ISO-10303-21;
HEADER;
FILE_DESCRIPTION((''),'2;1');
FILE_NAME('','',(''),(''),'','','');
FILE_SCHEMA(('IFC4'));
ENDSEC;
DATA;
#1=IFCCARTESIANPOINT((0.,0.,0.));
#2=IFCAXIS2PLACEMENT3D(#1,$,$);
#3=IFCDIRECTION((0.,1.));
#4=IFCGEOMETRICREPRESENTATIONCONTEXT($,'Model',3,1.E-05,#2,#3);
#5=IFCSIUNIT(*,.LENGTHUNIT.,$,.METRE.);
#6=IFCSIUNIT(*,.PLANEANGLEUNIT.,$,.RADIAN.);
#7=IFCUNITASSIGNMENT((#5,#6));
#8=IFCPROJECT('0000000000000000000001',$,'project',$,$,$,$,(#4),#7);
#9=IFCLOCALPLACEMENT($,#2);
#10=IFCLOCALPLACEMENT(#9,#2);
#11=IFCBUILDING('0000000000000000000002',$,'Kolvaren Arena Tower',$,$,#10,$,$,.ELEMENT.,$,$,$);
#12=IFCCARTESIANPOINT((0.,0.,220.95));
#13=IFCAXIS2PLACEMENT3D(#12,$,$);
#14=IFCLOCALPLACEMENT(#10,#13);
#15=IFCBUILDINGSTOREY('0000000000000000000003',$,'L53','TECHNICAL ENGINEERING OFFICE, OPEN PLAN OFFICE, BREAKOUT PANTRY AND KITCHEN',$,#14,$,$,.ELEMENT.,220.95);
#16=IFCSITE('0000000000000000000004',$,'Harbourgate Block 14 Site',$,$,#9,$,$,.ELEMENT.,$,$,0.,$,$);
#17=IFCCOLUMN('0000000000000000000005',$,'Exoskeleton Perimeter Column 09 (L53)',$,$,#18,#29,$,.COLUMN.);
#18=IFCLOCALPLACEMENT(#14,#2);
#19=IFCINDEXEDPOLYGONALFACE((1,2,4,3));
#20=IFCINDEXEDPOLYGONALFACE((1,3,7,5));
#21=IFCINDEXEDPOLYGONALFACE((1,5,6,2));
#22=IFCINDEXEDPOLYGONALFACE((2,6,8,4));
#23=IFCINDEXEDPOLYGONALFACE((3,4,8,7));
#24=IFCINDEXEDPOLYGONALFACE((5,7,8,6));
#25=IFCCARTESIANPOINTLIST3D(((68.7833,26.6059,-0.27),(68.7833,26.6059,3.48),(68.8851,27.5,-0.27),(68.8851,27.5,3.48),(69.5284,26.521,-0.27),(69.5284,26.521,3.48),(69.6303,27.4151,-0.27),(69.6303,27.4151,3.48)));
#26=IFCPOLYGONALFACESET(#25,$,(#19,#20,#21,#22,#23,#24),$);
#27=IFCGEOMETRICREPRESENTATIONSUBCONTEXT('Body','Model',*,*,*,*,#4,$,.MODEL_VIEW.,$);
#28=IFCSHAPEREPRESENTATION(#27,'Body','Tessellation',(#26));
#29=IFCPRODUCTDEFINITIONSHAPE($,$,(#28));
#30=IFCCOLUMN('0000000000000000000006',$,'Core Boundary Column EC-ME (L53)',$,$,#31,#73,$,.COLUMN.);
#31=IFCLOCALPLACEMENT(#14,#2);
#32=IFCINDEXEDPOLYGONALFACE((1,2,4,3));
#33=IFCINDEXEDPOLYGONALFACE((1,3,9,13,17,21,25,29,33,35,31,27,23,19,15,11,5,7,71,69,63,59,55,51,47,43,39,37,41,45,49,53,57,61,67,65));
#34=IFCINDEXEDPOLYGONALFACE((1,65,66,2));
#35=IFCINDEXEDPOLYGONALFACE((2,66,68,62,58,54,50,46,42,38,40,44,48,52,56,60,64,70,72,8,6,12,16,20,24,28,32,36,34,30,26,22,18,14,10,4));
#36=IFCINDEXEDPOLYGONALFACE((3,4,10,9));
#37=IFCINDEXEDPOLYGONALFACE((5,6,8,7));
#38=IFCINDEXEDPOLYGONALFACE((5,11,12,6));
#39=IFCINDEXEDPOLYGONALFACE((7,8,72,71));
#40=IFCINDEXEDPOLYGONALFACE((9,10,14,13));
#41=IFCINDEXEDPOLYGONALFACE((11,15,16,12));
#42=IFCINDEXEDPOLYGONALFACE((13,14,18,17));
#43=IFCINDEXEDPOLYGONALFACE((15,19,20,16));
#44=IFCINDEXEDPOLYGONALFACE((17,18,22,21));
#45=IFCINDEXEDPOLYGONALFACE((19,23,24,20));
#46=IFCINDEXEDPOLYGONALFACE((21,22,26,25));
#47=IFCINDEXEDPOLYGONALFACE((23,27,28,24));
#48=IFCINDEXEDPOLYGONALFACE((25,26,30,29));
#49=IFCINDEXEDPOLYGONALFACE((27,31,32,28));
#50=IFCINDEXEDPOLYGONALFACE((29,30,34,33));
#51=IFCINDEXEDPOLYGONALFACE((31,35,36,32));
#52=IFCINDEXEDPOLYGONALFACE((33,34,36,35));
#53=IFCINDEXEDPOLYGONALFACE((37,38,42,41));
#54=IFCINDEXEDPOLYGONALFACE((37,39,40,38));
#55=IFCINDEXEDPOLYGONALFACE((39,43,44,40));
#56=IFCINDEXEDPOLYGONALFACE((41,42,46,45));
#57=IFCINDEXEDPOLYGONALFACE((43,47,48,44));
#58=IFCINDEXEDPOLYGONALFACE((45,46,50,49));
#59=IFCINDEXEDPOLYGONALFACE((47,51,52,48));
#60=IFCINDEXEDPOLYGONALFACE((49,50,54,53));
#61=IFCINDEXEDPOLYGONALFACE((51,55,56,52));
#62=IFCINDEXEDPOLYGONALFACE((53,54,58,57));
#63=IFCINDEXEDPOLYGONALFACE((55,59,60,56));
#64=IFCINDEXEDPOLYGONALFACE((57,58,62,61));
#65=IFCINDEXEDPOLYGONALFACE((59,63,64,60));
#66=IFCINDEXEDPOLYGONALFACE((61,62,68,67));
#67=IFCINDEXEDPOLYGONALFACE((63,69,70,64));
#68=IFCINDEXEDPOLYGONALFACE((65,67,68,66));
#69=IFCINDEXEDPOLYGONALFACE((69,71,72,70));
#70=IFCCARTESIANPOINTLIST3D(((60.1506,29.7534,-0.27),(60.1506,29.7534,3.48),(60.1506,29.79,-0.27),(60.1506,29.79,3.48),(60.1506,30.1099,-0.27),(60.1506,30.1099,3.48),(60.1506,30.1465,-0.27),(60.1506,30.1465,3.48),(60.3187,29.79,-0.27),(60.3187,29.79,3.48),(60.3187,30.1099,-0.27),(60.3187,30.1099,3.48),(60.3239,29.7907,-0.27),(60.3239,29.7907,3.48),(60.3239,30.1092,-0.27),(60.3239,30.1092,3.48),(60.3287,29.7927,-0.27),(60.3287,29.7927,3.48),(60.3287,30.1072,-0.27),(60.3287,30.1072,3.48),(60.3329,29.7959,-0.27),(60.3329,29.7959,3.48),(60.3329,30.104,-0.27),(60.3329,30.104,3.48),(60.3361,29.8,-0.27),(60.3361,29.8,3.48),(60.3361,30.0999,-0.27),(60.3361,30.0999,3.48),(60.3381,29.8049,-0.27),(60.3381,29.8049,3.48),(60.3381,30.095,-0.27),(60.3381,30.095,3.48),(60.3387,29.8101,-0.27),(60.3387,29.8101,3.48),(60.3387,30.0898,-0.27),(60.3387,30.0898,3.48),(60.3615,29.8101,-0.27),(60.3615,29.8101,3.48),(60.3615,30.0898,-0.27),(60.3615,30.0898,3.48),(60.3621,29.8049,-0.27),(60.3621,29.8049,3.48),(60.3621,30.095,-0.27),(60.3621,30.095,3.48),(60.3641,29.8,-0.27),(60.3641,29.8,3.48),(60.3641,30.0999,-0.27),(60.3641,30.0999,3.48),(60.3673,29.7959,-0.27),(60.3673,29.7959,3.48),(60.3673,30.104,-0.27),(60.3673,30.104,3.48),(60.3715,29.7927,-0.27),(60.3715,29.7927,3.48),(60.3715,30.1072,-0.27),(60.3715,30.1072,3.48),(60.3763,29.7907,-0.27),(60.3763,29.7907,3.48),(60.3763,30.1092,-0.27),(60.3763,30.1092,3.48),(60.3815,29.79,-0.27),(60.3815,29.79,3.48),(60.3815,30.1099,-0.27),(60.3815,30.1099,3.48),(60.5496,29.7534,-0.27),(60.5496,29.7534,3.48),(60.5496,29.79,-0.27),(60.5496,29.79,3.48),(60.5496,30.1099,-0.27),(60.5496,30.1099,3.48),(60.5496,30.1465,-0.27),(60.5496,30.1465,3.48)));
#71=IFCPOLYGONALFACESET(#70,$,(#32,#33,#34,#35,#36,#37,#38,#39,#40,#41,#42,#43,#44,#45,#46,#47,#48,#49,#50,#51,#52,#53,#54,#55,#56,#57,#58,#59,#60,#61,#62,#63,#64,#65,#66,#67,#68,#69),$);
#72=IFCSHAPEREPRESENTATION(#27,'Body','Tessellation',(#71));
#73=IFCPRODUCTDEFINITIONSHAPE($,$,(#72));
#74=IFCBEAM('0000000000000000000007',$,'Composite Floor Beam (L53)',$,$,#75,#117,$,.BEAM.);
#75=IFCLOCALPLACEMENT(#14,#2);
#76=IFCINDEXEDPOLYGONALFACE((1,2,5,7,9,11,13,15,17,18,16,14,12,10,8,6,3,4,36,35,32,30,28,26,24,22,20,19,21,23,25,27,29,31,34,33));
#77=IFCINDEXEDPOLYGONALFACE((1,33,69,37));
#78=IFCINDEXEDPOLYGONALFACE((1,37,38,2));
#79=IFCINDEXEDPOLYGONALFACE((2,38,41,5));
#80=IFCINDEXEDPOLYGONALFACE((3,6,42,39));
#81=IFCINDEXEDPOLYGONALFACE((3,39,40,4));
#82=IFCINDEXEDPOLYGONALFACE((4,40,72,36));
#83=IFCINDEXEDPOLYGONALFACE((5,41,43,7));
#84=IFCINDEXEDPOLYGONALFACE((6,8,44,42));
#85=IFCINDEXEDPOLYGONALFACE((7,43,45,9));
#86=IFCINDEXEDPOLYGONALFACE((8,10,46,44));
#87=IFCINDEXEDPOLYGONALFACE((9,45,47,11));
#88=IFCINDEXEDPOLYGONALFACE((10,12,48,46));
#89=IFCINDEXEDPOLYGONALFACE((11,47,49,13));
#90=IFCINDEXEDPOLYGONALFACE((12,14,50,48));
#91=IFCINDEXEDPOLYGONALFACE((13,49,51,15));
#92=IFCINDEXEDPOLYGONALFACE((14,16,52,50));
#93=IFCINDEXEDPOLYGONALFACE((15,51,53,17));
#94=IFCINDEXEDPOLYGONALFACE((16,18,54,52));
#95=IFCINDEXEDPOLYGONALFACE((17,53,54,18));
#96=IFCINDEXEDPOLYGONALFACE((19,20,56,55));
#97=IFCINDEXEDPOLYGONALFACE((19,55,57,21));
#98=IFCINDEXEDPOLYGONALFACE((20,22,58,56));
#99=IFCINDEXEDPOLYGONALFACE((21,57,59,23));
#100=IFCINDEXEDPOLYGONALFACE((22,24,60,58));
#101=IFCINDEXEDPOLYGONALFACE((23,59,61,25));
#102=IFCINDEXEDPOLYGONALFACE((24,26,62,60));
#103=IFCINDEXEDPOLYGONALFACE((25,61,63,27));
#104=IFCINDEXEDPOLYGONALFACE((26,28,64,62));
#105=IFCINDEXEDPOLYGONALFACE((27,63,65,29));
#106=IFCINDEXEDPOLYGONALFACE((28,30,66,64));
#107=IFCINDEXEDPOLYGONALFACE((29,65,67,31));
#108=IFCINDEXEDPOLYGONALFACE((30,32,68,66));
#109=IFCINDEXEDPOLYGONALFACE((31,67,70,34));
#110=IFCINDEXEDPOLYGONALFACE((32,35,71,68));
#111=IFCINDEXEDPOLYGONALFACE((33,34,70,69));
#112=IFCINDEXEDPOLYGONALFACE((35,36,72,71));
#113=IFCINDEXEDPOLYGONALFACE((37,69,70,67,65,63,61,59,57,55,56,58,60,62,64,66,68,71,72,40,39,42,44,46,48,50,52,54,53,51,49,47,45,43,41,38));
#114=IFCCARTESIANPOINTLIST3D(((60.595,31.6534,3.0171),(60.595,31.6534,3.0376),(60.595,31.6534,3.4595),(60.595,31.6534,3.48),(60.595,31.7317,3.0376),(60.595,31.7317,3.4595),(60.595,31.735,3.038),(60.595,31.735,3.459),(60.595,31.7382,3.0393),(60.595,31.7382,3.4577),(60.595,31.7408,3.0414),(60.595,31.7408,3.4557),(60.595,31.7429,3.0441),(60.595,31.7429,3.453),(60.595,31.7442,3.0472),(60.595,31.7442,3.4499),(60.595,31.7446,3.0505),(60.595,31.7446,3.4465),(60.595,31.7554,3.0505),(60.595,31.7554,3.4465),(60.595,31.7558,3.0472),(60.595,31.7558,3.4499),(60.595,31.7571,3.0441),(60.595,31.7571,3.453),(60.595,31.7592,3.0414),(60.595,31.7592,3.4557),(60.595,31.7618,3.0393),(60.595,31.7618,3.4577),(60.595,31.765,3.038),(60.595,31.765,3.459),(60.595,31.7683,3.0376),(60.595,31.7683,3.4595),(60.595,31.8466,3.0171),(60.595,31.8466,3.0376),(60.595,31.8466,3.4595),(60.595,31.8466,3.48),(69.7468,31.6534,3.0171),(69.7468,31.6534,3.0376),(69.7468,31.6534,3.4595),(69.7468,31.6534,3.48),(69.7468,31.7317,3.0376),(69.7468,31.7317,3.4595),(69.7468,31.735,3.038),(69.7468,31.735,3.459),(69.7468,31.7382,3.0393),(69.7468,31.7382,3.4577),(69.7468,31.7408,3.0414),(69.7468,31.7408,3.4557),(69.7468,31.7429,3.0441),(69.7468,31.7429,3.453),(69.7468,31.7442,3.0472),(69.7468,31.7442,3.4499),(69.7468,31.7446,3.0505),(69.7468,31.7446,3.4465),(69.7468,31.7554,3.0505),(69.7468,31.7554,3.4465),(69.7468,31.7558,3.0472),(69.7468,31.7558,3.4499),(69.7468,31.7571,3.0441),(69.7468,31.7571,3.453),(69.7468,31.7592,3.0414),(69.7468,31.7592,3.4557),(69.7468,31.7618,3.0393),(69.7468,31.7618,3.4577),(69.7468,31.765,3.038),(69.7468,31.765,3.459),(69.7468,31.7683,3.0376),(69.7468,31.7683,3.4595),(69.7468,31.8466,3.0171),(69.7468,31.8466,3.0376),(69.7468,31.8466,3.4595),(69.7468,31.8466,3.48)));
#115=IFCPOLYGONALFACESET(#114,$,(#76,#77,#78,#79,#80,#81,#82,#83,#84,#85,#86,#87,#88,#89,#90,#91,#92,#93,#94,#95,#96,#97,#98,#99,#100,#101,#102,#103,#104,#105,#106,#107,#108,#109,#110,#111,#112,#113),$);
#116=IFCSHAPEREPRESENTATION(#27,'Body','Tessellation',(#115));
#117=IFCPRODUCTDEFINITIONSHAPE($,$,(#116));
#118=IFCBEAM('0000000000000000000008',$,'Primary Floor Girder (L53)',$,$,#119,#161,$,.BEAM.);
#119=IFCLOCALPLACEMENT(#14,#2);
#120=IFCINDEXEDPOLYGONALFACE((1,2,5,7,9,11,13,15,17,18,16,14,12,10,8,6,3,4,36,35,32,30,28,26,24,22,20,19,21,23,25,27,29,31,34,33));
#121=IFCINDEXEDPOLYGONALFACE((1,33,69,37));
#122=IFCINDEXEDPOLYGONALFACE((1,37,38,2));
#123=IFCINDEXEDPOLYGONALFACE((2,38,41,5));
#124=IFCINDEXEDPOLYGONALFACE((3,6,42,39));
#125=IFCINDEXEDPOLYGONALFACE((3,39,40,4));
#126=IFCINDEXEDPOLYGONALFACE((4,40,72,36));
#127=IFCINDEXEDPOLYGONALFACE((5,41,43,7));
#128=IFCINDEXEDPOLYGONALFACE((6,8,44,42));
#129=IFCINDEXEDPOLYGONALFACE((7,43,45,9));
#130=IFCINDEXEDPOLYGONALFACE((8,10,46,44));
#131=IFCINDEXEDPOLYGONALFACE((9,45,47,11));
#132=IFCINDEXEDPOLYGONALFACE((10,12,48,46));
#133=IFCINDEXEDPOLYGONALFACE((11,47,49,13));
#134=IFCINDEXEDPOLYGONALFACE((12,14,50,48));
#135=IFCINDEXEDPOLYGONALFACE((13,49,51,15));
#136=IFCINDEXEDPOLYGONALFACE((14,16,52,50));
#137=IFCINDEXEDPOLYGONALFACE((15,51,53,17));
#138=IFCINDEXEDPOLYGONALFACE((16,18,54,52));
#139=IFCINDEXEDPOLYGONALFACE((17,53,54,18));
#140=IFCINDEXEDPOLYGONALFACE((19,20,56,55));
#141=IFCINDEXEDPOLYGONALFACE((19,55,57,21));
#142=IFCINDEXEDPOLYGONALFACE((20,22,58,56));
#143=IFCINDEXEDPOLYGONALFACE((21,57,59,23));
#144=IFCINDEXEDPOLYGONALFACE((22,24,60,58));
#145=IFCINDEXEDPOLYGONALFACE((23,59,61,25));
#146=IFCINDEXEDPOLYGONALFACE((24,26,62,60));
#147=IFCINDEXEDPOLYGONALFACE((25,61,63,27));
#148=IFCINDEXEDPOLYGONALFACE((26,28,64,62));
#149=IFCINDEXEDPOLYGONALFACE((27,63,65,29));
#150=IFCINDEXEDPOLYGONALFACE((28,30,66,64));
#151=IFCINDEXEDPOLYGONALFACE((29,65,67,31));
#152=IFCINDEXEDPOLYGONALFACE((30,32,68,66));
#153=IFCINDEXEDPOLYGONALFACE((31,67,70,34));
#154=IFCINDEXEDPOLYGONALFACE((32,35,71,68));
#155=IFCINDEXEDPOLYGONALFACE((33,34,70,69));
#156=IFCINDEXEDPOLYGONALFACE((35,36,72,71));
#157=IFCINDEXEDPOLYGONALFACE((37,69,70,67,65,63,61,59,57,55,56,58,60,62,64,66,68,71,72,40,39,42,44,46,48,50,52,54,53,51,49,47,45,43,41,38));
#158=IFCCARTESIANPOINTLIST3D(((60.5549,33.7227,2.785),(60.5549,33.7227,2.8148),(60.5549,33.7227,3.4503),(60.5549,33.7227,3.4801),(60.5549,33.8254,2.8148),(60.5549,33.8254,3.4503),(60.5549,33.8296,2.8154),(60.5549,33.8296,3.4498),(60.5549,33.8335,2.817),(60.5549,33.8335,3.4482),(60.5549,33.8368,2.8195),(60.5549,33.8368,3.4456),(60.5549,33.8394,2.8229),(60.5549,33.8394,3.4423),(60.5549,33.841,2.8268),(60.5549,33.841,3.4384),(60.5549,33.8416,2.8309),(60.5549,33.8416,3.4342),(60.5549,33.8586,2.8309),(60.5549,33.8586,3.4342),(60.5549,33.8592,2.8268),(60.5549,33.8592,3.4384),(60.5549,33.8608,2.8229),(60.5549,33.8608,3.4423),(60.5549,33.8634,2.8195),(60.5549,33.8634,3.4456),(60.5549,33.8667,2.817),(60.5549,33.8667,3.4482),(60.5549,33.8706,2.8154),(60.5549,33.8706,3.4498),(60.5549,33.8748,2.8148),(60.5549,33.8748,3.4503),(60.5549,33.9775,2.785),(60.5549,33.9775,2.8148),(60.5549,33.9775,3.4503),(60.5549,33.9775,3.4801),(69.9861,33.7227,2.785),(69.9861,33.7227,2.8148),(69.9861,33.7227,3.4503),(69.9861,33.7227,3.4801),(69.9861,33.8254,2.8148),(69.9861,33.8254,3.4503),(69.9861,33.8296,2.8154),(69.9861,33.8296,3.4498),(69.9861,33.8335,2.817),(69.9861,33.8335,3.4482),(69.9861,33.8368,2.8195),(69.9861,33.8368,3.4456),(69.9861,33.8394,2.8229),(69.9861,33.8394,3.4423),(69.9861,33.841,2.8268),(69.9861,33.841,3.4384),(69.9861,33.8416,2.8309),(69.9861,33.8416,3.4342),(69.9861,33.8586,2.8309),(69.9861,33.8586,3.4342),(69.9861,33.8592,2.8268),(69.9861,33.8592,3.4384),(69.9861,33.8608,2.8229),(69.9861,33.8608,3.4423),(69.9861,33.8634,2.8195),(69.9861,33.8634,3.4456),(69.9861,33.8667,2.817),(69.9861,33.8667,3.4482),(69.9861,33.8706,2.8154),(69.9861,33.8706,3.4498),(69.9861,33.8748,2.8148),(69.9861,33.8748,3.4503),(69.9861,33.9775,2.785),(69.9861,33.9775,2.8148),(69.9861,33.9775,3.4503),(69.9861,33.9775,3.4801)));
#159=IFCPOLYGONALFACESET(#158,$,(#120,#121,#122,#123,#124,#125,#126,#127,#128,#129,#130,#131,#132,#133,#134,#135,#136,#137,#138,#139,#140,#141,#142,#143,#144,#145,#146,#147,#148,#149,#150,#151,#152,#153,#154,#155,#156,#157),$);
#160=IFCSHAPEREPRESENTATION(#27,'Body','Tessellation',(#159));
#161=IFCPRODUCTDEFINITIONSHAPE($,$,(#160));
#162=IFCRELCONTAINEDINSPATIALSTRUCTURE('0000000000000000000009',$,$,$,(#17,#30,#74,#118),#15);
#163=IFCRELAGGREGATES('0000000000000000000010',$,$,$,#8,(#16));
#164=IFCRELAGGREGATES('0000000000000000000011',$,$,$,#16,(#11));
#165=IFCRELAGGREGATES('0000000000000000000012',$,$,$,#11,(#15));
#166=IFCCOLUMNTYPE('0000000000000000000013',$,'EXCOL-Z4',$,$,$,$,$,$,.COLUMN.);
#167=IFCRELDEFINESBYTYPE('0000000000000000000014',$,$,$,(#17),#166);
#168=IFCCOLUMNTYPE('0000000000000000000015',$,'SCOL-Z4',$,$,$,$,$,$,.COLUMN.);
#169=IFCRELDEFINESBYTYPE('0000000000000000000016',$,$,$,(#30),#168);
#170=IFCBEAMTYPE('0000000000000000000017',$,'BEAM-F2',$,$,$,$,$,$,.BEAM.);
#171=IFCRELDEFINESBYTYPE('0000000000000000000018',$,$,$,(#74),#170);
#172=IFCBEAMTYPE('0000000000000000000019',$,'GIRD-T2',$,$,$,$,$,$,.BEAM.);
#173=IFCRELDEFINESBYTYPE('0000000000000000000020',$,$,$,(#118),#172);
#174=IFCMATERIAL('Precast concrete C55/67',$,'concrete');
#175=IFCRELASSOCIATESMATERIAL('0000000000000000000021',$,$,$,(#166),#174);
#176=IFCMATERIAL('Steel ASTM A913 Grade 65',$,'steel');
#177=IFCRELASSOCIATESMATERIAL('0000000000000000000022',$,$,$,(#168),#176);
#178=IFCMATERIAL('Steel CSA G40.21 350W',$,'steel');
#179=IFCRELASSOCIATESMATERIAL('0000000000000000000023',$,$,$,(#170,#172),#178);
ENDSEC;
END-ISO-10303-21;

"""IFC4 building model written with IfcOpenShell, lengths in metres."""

from ifc_helpers import new_model, si_unit, direction, frame, origin, origin_2d, place, context, subcontext, project, spatial, rectangle, i_section, extrude, material, material_profile, profile_set, type_object, element, save


model = new_model("IFC4")

# Units and contexts
model_context = context("Model", 3, precision=1e-05, world=origin(), true_north=direction((0.0, 1.0)))
body_context = subcontext(model_context, "Body", "Model", "MODEL_VIEW")
ifc_project = project(units=[si_unit("LENGTHUNIT", "METRE"), si_unit("PLANEANGLEUNIT", "RADIAN")], contexts=[model_context])

# Site, building, storey
site_placement = place(None, origin())
site = spatial("IfcSite", under=ifc_project, at=site_placement, Name="Harbourgate Block 14 Site", CompositionType="ELEMENT", RefElevation=0.0)
building_placement = place(site_placement, origin())
building = spatial("IfcBuilding", under=site, at=building_placement, Name="Kolvaren Arena Tower", CompositionType="ELEMENT")
storey_placement = place(building_placement, frame((0.0, 0.0, 220.95)))
storey = spatial("IfcBuildingStorey", under=building, at=storey_placement, Name="L53", Description="TECHNICAL ENGINEERING OFFICE, OPEN PLAN OFFICE, BREAKOUT PANTRY AND KITCHEN", CompositionType="ELEMENT", Elevation=220.95)

# Columns
ifc_material_1 = material(Name="Precast concrete C55/67", Category="concrete")
ifc_material_profile_1 = material_profile(ifc_material_1, rectangle(XDim=0.8999, YDim=0.75, at=origin_2d()), Name="RC-900x750")
ifc_profile_set_1 = profile_set([ifc_material_profile_1], Name="Precast concrete C55/67")
column_type_1 = type_object("IfcColumnType", Name="EXCOL-Z4", PredefinedType="COLUMN", material=ifc_profile_set_1)
column_1_placement = place(storey_placement, frame((69.2068, 27.0105, -0.27), z_axis=(0.0, 0.0, 1.0), x_axis=(0.113203, 0.993572, 0.0)))
element("IfcColumn", 1, at=column_1_placement, inside=storey, type_object=column_type_1, Name="Exoskeleton Perimeter Column 09 (L53)", PredefinedType="COLUMN", context=body_context, shape_type="SweptSolid", body=[
    extrude(rectangle(XDim=0.8999, YDim=0.75, at=origin_2d()), origin(), (0.0, 0.0, 1.0), 3.75),
])
ifc_material_2 = material(Name="Steel ASTM A913 Grade 65", Category="steel")
ifc_material_profile_2 = material_profile(ifc_material_2, i_section(OverallWidth=0.3989, OverallDepth=0.3931, WebThickness=0.0227, FlangeThickness=0.0366, FilletRadius=0.02, at=origin_2d()), Name="W360x287")
ifc_profile_set_2 = profile_set([ifc_material_profile_2], Name="Steel ASTM A913 Grade 65")
column_type_2 = type_object("IfcColumnType", Name="SCOL-Z4", PredefinedType="COLUMN", material=ifc_profile_set_2)
column_2_placement = place(storey_placement, frame((60.3501, 29.95, -0.27), z_axis=(0.0, 0.0, 1.0), x_axis=(1.0, 0.0, 0.0)))
element("IfcColumn", 2, at=column_2_placement, inside=storey, type_object=column_type_2, Name="Core Boundary Column EC-ME (L53)", PredefinedType="COLUMN", context=body_context, shape_type="SweptSolid", body=[
    extrude(i_section(OverallWidth=0.3989, OverallDepth=0.3931, WebThickness=0.0227, FlangeThickness=0.0366, FilletRadius=0.02, at=origin_2d()), origin(), (0.0, 0.0, 1.0), 3.75),
])

# Beams
ifc_material_3 = material(Name="Steel CSA G40.21 350W", Category="steel")
ifc_material_profile_3 = material_profile(ifc_material_3, i_section(OverallWidth=0.1931, OverallDepth=0.4629, WebThickness=0.0107, FlangeThickness=0.0205, FilletRadius=0.0129, at=origin_2d()), Name="W460x113")
ifc_profile_set_3 = profile_set([ifc_material_profile_3], Name="Steel CSA G40.21 350W")
beam_type_1 = type_object("IfcBeamType", Name="BEAM-F2", PredefinedType="BEAM", material=ifc_profile_set_3)
beam_1_placement = place(storey_placement, frame((60.595, 31.75, 3.2485), z_axis=(1.0, 0.0, 0.0), x_axis=(0.0, 1.0, 0.0)))
element("IfcBeam", 3, at=beam_1_placement, inside=storey, type_object=beam_type_1, Name="Composite Floor Beam (L53)", PredefinedType="BEAM", context=body_context, shape_type="SweptSolid", body=[
    extrude(i_section(OverallWidth=0.1931, OverallDepth=0.4629, WebThickness=0.0107, FlangeThickness=0.0205, FilletRadius=0.0129, at=origin_2d()), origin(), (0.0, 0.0, 1.0), 9.1519),
])
ifc_material_profile_4 = material_profile(ifc_material_3, i_section(OverallWidth=0.2549, OverallDepth=0.6951, WebThickness=0.0171, FlangeThickness=0.0298, FilletRadius=0.0161, at=origin_2d()), Name="W690x217")
ifc_profile_set_4 = profile_set([ifc_material_profile_4], Name="Steel CSA G40.21 350W")
beam_type_2 = type_object("IfcBeamType", Name="GIRD-T2", PredefinedType="BEAM", material=ifc_profile_set_4)
beam_2_placement = place(storey_placement, frame((60.5549, 33.8501, 3.1326), z_axis=(1.0, 0.0, 0.0), x_axis=(0.0, 1.0, 0.0)))
element("IfcBeam", 4, at=beam_2_placement, inside=storey, type_object=beam_type_2, Name="Primary Floor Girder (L53)", PredefinedType="BEAM", context=body_context, shape_type="SweptSolid", body=[
    extrude(i_section(OverallWidth=0.2549, OverallDepth=0.6951, WebThickness=0.0171, FlangeThickness=0.0298, FilletRadius=0.0161, at=origin_2d()), origin(), (0.0, 0.0, 1.0), 9.4312),
])

save(model, "model.ifc")
